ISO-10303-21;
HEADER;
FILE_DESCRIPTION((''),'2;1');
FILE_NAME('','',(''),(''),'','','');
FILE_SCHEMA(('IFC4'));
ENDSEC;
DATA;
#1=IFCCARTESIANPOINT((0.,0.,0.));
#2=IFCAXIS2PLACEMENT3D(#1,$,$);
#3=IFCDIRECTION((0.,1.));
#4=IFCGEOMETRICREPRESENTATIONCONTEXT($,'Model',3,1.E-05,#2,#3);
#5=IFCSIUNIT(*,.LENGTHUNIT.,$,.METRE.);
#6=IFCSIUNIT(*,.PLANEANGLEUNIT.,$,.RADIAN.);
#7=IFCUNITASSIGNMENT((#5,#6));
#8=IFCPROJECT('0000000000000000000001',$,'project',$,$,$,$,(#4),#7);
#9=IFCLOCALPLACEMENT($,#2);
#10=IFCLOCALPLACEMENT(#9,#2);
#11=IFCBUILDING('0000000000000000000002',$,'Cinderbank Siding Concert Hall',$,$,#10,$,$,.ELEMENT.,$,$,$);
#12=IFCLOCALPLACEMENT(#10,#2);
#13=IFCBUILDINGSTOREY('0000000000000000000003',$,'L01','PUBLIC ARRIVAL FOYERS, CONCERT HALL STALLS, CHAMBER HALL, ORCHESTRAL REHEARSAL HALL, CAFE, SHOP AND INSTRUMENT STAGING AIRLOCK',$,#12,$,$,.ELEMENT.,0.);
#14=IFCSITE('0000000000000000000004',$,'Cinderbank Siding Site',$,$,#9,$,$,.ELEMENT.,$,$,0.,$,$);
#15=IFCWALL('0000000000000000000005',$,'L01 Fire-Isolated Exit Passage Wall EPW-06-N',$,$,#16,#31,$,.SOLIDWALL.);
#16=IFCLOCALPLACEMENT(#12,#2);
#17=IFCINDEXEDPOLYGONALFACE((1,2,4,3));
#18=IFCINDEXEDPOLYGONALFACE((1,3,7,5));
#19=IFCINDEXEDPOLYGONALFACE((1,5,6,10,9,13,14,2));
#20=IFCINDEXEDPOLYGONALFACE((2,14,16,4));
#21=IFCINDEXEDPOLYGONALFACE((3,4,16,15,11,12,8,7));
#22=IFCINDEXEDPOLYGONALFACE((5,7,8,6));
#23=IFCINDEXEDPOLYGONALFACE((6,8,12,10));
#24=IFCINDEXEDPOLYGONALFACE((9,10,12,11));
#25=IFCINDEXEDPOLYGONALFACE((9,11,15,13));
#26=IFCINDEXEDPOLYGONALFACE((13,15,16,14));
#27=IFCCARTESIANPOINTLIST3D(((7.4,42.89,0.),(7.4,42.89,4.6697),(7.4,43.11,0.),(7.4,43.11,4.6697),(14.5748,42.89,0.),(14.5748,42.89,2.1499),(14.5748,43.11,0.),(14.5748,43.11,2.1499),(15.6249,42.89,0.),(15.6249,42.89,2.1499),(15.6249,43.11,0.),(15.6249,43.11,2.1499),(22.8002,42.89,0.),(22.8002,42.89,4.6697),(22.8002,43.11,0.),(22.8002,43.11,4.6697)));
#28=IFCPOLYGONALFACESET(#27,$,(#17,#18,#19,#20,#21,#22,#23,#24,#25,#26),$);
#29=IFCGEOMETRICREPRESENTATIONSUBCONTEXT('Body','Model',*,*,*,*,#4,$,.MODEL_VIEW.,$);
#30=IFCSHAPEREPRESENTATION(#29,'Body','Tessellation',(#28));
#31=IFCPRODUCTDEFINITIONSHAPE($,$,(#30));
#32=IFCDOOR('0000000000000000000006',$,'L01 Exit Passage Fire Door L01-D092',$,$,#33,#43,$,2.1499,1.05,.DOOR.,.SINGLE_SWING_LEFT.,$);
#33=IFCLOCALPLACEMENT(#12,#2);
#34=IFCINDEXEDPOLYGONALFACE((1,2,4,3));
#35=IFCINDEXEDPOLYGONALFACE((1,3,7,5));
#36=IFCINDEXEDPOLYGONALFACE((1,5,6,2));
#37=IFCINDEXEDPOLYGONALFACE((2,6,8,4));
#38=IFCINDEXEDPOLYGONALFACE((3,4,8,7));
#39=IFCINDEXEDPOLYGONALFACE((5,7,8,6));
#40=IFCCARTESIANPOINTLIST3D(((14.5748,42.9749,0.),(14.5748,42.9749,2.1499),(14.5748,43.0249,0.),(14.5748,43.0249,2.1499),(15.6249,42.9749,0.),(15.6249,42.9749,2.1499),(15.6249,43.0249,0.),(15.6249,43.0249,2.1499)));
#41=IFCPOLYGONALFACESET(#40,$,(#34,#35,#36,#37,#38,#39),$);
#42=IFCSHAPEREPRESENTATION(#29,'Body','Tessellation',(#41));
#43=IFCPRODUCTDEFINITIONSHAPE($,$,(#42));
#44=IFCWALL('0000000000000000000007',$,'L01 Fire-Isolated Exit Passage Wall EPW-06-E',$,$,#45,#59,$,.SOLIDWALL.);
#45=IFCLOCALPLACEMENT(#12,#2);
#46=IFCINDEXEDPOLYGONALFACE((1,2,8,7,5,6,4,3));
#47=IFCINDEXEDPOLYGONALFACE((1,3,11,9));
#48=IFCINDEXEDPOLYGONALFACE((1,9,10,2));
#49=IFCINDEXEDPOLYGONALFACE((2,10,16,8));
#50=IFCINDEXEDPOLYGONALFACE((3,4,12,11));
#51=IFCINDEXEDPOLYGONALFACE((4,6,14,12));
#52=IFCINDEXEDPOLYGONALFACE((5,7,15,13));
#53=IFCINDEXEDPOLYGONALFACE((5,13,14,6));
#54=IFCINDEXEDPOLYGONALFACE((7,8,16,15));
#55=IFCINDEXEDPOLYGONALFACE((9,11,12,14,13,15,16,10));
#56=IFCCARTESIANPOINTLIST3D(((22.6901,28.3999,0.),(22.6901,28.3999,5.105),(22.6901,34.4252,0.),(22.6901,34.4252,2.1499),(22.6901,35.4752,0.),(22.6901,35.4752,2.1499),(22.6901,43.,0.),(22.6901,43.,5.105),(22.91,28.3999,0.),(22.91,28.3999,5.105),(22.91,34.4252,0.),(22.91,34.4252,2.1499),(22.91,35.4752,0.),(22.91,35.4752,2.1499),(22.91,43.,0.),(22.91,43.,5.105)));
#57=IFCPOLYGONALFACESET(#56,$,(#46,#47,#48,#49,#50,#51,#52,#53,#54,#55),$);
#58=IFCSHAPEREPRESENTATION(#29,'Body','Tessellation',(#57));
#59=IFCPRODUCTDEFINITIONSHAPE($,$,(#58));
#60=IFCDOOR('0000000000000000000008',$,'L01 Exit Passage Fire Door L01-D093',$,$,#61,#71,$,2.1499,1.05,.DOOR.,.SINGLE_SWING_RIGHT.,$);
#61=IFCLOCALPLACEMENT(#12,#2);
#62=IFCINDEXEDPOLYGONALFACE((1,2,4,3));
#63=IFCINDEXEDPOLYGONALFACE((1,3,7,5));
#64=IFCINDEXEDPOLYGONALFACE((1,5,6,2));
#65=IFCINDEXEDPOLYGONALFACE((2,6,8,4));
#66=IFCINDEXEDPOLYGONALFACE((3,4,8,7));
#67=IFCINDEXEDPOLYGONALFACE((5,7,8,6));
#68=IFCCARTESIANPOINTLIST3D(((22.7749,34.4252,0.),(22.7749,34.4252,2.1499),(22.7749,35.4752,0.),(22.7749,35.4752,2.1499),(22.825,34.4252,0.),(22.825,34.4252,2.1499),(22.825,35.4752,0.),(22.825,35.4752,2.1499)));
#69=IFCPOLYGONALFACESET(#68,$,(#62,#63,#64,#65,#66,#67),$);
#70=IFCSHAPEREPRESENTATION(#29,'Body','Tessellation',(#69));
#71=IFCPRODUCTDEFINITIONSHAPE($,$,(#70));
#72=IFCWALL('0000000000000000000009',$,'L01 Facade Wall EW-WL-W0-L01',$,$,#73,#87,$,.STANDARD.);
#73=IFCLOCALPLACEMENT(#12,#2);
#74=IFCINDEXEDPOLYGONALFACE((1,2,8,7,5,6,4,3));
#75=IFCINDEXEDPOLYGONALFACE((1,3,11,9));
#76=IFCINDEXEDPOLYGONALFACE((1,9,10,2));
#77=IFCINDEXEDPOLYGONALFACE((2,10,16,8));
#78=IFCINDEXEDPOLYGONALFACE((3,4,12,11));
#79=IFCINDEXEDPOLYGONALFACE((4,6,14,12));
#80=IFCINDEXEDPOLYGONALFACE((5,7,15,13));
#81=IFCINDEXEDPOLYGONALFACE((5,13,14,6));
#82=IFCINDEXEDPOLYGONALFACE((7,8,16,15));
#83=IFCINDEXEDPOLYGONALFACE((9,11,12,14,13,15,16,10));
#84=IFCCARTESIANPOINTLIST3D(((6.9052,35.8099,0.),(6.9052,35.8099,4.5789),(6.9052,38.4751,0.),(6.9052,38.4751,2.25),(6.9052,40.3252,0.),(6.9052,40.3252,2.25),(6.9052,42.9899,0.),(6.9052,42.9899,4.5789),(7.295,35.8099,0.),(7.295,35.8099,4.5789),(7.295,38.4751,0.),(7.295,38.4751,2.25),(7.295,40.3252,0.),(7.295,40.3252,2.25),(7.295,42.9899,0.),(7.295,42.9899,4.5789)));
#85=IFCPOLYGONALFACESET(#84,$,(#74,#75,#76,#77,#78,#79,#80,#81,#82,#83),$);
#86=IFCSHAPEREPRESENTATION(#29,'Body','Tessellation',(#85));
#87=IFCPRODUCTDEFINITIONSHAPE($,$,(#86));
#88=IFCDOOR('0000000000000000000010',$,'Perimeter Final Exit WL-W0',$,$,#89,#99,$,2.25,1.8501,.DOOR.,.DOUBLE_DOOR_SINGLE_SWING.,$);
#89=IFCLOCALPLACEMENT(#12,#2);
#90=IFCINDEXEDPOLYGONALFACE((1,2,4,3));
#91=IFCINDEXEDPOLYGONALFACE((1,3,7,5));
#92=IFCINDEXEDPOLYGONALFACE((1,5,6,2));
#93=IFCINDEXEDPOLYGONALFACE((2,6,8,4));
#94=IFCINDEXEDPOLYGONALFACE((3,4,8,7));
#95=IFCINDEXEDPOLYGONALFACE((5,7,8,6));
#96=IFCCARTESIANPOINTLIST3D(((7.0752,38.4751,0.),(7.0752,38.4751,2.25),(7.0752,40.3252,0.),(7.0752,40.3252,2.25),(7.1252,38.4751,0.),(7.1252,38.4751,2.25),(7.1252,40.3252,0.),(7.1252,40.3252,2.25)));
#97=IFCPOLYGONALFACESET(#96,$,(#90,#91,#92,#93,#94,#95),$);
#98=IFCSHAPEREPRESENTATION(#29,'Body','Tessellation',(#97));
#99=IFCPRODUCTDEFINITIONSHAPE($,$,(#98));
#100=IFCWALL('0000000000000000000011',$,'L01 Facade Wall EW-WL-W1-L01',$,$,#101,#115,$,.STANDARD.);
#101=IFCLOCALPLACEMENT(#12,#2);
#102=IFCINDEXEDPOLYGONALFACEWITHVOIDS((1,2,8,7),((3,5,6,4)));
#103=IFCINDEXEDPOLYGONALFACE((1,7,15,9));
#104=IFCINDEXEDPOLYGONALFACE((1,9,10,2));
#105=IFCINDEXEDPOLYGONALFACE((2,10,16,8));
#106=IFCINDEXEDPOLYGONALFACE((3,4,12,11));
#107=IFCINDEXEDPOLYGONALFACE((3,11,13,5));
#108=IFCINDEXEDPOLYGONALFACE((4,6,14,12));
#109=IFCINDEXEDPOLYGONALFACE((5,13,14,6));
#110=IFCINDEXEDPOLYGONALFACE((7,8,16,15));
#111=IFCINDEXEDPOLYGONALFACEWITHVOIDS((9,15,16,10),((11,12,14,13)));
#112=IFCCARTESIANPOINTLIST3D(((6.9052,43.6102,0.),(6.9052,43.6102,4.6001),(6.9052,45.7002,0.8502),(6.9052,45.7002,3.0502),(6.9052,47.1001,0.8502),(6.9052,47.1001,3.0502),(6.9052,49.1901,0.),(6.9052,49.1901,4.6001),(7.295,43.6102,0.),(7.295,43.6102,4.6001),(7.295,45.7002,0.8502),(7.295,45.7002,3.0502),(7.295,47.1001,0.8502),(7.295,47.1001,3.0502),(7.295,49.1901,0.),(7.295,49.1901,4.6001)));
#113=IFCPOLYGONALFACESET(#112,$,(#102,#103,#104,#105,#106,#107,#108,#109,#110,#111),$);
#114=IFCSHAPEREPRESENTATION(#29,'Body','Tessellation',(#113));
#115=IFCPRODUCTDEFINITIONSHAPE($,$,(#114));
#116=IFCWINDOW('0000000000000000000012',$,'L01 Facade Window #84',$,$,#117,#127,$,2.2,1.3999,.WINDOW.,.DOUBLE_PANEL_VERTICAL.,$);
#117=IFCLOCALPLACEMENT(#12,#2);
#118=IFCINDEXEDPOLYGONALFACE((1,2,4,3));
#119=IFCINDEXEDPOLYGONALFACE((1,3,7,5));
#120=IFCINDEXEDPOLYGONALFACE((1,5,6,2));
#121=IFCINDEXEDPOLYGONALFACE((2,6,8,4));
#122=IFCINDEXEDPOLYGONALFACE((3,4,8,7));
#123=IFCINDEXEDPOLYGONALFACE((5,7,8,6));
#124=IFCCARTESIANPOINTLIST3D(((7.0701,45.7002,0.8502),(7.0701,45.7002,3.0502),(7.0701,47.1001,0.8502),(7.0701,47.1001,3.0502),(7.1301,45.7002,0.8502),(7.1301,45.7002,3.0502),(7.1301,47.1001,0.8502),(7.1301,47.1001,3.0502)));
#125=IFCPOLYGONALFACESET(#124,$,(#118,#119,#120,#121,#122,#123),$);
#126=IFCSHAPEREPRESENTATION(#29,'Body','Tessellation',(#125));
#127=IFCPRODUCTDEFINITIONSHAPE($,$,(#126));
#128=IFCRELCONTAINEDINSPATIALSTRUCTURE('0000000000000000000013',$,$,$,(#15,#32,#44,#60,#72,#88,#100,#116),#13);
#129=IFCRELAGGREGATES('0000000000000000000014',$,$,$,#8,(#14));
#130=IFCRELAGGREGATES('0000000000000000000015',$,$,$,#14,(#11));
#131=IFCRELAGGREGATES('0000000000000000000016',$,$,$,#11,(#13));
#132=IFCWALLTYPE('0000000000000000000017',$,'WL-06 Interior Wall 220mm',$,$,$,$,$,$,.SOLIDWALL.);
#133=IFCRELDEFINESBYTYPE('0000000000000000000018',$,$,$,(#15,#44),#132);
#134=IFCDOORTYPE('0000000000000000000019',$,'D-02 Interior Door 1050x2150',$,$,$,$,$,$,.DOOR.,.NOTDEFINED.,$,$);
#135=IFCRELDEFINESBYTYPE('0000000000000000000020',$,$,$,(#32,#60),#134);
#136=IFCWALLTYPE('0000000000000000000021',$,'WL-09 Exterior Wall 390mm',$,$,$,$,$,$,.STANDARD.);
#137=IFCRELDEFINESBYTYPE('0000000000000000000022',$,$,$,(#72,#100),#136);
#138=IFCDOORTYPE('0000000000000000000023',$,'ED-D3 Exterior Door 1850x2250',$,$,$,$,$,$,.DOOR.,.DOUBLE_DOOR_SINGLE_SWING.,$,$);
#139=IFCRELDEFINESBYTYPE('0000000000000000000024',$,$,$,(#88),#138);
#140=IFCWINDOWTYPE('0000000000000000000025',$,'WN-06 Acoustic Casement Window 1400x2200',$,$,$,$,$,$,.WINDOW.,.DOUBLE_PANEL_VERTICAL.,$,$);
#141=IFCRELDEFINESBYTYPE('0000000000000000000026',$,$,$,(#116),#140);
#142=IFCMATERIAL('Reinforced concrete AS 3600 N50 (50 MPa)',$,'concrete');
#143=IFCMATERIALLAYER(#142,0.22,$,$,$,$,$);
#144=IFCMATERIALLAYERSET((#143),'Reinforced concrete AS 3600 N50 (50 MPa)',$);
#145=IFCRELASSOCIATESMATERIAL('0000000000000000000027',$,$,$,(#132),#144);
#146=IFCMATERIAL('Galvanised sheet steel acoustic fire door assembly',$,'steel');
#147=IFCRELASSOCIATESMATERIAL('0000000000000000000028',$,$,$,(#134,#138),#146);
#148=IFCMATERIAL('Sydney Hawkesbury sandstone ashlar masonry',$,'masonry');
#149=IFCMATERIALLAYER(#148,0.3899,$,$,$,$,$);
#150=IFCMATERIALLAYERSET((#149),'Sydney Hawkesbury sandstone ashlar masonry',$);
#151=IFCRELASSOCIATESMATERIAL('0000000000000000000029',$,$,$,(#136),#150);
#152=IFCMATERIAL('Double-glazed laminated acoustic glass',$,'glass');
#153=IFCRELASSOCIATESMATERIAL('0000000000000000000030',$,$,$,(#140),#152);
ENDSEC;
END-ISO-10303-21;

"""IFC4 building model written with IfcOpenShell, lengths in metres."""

from ifc_helpers import new_model, si_unit, direction, frame, frame_2d, origin, place, context, subcontext, project, spatial, rectangle, extrude, material, layer, layer_set, type_object, element, fill, save


model = new_model("IFC4")

# Units and contexts
model_context = context("Model", 3, precision=1e-05, world=origin(), true_north=direction((0.0, 1.0)))
body_context = subcontext(model_context, "Body", "Model", "MODEL_VIEW")
ifc_project = project(units=[si_unit("LENGTHUNIT", "METRE"), si_unit("PLANEANGLEUNIT", "RADIAN")], contexts=[model_context])

# Site, building, storey
site_placement = place(None, origin())
site = spatial("IfcSite", under=ifc_project, at=site_placement, Name="Cinderbank Siding Site", CompositionType="ELEMENT", RefElevation=0.0)
building_placement = place(site_placement, origin())
building = spatial("IfcBuilding", under=site, at=building_placement, Name="Cinderbank Siding Concert Hall", CompositionType="ELEMENT")
storey_placement = place(building_placement, origin())
storey = spatial("IfcBuildingStorey", under=building, at=storey_placement, Name="L01", Description="PUBLIC ARRIVAL FOYERS, CONCERT HALL STALLS, CHAMBER HALL, ORCHESTRAL REHEARSAL HALL, CAFE, SHOP AND INSTRUMENT STAGING AIRLOCK", CompositionType="ELEMENT", Elevation=0.0)

# Shared definitions
ifc_material_1 = material(Name="Reinforced concrete AS 3600 N50 (50 MPa)", Category="concrete")

# Walls, openings, doors
ifc_layer_1 = layer(ifc_material_1, 0.22)
ifc_layer_set_1 = layer_set([ifc_layer_1], Name="Reinforced concrete AS 3600 N50 (50 MPa)")
wall_type_1 = type_object("IfcWallType", Name="WL-06 Interior Wall 220mm", PredefinedType="SOLIDWALL", material=ifc_layer_set_1)
wall_1_placement = place(storey_placement, frame((7.3999, 43.0, 0.0), z_axis=(0.0, 0.0, 1.0), x_axis=(1.0, 0.0, 0.0)))
wall_1 = element("IfcWall", 1, at=wall_1_placement, inside=storey, type_object=wall_type_1, Name="L01 Fire-Isolated Exit Passage Wall EPW-06-N", PredefinedType="SOLIDWALL", context=body_context, shape_type="SweptSolid", body=[
    extrude(rectangle(XDim=15.4001, YDim=0.22, at=frame_2d((7.7002, 0.0))), origin(), (0.0, 0.0, 1.0), 4.6697),
])
opening_1_placement = place(wall_1_placement, frame((7.175, 0.0, 0.0)))
opening_1 = element("IfcOpeningElement", 2, at=opening_1_placement, cuts=wall_1, PredefinedType="OPENING", context=body_context, shape_type="SweptSolid", body=[
    extrude(rectangle(XDim=1.05, YDim=2.1499, at=frame_2d((0.5249, 1.075))), frame((0.0, 0.1221, 0.0), z_axis=(0.0, -1.0, 0.0), x_axis=(1.0, 0.0, 0.0)), (0.0, 0.0, 1.0), 0.2439),
])
ifc_material_2 = material(Name="Galvanised sheet steel acoustic fire door assembly", Category="steel")
door_type_1 = type_object("IfcDoorType", Name="D-02 Interior Door 1050x2150", OperationType="NOTDEFINED", PredefinedType="DOOR", material=ifc_material_2)
door_1_placement = place(opening_1_placement, origin())
door_1 = element("IfcDoor", 3, at=door_1_placement, inside=storey, type_object=door_type_1, Name="L01 Exit Passage Fire Door L01-D092", OperationType="SINGLE_SWING_LEFT", OverallHeight=2.1499, OverallWidth=1.05, PredefinedType="DOOR", context=body_context, shape_type="SweptSolid", body=[
    extrude(rectangle(XDim=1.05, YDim=2.1499, at=frame_2d((0.5249, 1.075))), frame((0.0, 0.0249, 0.0), z_axis=(0.0, -1.0, 0.0), x_axis=(1.0, 0.0, 0.0)), (0.0, 0.0, 1.0), 0.05),
])
fill(opening_1, door_1)
wall_2_placement = place(storey_placement, frame((22.8, 43.0, 0.0), z_axis=(0.0, 0.0, 1.0), x_axis=(0.0, -1.0, 0.0)))
wall_2 = element("IfcWall", 4, at=wall_2_placement, inside=storey, type_object=wall_type_1, Name="L01 Fire-Isolated Exit Passage Wall EPW-06-E", PredefinedType="SOLIDWALL", context=body_context, shape_type="SweptSolid", body=[
    extrude(rectangle(XDim=14.6001, YDim=0.22, at=frame_2d((7.3, 0.0))), origin(), (0.0, 0.0, 1.0), 5.105),
])
opening_2_placement = place(wall_2_placement, frame((7.5249, 0.0, 0.0)))
opening_2 = element("IfcOpeningElement", 5, at=opening_2_placement, cuts=wall_2, PredefinedType="OPENING", context=body_context, shape_type="SweptSolid", body=[
    extrude(rectangle(XDim=1.05, YDim=2.1499, at=frame_2d((0.5249, 1.075))), frame((0.0, 0.1221, 0.0), z_axis=(0.0, -1.0, 0.0), x_axis=(1.0, 0.0, 0.0)), (0.0, 0.0, 1.0), 0.2439),
])
door_2_placement = place(opening_2_placement, origin())
door_2 = element("IfcDoor", 6, at=door_2_placement, inside=storey, type_object=door_type_1, Name="L01 Exit Passage Fire Door L01-D093", OperationType="SINGLE_SWING_RIGHT", OverallHeight=2.1499, OverallWidth=1.05, PredefinedType="DOOR", context=body_context, shape_type="SweptSolid", body=[
    extrude(rectangle(XDim=1.05, YDim=2.1499, at=frame_2d((0.5249, 1.075))), frame((0.0, 0.0249, 0.0), z_axis=(0.0, -1.0, 0.0), x_axis=(1.0, 0.0, 0.0)), (0.0, 0.0, 1.0), 0.05),
])
fill(opening_2, door_2)
ifc_material_3 = material(Name="Sydney Hawkesbury sandstone ashlar masonry", Category="masonry")
ifc_layer_2 = layer(ifc_material_3, 0.3899)
ifc_layer_set_2 = layer_set([ifc_layer_2], Name="Sydney Hawkesbury sandstone ashlar masonry")
wall_type_2 = type_object("IfcWallType", Name="WL-09 Exterior Wall 390mm", PredefinedType="STANDARD", material=ifc_layer_set_2)
wall_3_placement = place(storey_placement, frame((7.1001, 35.8101, 0.0), z_axis=(0.0, 0.0, 1.0), x_axis=(0.0, 1.0, 0.0)))
wall_3 = element("IfcWall", 7, at=wall_3_placement, inside=storey, type_object=wall_type_2, Name="L01 Facade Wall EW-WL-W0-L01", PredefinedType="STANDARD", context=body_context, shape_type="SweptSolid", body=[
    extrude(rectangle(XDim=7.1799, YDim=0.3899, at=frame_2d((3.5898, 0.0))), origin(), (0.0, 0.0, 1.0), 4.5789),
])
opening_3_placement = place(wall_3_placement, frame((2.665, 0.0, 0.0)))
opening_3 = element("IfcOpeningElement", 8, at=opening_3_placement, cuts=wall_3, PredefinedType="OPENING", context=body_context, shape_type="SweptSolid", body=[
    extrude(rectangle(XDim=1.8501, YDim=2.25, at=frame_2d((0.925, 1.125))), frame((0.0, 0.207, 0.0), z_axis=(0.0, -1.0, 0.0), x_axis=(1.0, 0.0, 0.0)), (0.0, 0.0, 1.0), 0.4138),
])
door_type_2 = type_object("IfcDoorType", Name="ED-D3 Exterior Door 1850x2250", OperationType="DOUBLE_DOOR_SINGLE_SWING", PredefinedType="DOOR", material=ifc_material_2)
door_3_placement = place(opening_3_placement, origin())
door_3 = element("IfcDoor", 9, at=door_3_placement, inside=storey, type_object=door_type_2, Name="Perimeter Final Exit WL-W0", OperationType="DOUBLE_DOOR_SINGLE_SWING", OverallHeight=2.25, OverallWidth=1.8501, PredefinedType="DOOR", context=body_context, shape_type="SweptSolid", body=[
    extrude(rectangle(XDim=1.8501, YDim=2.25, at=frame_2d((0.925, 1.125))), frame((0.0, 0.0249, 0.0), z_axis=(0.0, -1.0, 0.0), x_axis=(1.0, 0.0, 0.0)), (0.0, 0.0, 1.0), 0.05),
])
fill(opening_3, door_3)

# Wall, opening, window
wall_4_placement = place(storey_placement, frame((7.1001, 43.6101, 0.0), z_axis=(0.0, 0.0, 1.0), x_axis=(0.0, 1.0, 0.0)))
wall_4 = element("IfcWall", 10, at=wall_4_placement, inside=storey, type_object=wall_type_2, Name="L01 Facade Wall EW-WL-W1-L01", PredefinedType="STANDARD", context=body_context, shape_type="SweptSolid", body=[
    extrude(rectangle(XDim=5.5798, YDim=0.3899, at=frame_2d((2.79, 0.0))), origin(), (0.0, 0.0, 1.0), 4.6001),
])
opening_4_placement = place(wall_4_placement, frame((2.0901, 0.0, 0.8501)))
opening_4 = element("IfcOpeningElement", 11, at=opening_4_placement, cuts=wall_4, PredefinedType="OPENING", context=body_context, shape_type="SweptSolid", body=[
    extrude(rectangle(XDim=1.3999, YDim=2.2, at=frame_2d((0.7, 1.1001))), frame((0.0, 0.207, 0.0), z_axis=(0.0, -1.0, 0.0), x_axis=(1.0, 0.0, 0.0)), (0.0, 0.0, 1.0), 0.4138),
])
ifc_material_4 = material(Name="Double-glazed laminated acoustic glass", Category="glass")
window_type = type_object("IfcWindowType", Name="WN-06 Acoustic Casement Window 1400x2200", PartitioningType="DOUBLE_PANEL_VERTICAL", PredefinedType="WINDOW", material=ifc_material_4)
window_placement = place(opening_4_placement, origin())
window = element("IfcWindow", 12, at=window_placement, inside=storey, type_object=window_type, Name="L01 Facade Window #84", OverallHeight=2.2, OverallWidth=1.3999, PartitioningType="DOUBLE_PANEL_VERTICAL", PredefinedType="WINDOW", context=body_context, shape_type="SweptSolid", body=[
    extrude(rectangle(XDim=1.3999, YDim=2.2, at=frame_2d((0.7, 1.1001))), frame((0.0, 0.03, 0.0), z_axis=(0.0, -1.0, 0.0), x_axis=(1.0, 0.0, 0.0)), (0.0, 0.0, 1.0), 0.0601),
])
fill(opening_4, window)

save(model, "model.ifc")
